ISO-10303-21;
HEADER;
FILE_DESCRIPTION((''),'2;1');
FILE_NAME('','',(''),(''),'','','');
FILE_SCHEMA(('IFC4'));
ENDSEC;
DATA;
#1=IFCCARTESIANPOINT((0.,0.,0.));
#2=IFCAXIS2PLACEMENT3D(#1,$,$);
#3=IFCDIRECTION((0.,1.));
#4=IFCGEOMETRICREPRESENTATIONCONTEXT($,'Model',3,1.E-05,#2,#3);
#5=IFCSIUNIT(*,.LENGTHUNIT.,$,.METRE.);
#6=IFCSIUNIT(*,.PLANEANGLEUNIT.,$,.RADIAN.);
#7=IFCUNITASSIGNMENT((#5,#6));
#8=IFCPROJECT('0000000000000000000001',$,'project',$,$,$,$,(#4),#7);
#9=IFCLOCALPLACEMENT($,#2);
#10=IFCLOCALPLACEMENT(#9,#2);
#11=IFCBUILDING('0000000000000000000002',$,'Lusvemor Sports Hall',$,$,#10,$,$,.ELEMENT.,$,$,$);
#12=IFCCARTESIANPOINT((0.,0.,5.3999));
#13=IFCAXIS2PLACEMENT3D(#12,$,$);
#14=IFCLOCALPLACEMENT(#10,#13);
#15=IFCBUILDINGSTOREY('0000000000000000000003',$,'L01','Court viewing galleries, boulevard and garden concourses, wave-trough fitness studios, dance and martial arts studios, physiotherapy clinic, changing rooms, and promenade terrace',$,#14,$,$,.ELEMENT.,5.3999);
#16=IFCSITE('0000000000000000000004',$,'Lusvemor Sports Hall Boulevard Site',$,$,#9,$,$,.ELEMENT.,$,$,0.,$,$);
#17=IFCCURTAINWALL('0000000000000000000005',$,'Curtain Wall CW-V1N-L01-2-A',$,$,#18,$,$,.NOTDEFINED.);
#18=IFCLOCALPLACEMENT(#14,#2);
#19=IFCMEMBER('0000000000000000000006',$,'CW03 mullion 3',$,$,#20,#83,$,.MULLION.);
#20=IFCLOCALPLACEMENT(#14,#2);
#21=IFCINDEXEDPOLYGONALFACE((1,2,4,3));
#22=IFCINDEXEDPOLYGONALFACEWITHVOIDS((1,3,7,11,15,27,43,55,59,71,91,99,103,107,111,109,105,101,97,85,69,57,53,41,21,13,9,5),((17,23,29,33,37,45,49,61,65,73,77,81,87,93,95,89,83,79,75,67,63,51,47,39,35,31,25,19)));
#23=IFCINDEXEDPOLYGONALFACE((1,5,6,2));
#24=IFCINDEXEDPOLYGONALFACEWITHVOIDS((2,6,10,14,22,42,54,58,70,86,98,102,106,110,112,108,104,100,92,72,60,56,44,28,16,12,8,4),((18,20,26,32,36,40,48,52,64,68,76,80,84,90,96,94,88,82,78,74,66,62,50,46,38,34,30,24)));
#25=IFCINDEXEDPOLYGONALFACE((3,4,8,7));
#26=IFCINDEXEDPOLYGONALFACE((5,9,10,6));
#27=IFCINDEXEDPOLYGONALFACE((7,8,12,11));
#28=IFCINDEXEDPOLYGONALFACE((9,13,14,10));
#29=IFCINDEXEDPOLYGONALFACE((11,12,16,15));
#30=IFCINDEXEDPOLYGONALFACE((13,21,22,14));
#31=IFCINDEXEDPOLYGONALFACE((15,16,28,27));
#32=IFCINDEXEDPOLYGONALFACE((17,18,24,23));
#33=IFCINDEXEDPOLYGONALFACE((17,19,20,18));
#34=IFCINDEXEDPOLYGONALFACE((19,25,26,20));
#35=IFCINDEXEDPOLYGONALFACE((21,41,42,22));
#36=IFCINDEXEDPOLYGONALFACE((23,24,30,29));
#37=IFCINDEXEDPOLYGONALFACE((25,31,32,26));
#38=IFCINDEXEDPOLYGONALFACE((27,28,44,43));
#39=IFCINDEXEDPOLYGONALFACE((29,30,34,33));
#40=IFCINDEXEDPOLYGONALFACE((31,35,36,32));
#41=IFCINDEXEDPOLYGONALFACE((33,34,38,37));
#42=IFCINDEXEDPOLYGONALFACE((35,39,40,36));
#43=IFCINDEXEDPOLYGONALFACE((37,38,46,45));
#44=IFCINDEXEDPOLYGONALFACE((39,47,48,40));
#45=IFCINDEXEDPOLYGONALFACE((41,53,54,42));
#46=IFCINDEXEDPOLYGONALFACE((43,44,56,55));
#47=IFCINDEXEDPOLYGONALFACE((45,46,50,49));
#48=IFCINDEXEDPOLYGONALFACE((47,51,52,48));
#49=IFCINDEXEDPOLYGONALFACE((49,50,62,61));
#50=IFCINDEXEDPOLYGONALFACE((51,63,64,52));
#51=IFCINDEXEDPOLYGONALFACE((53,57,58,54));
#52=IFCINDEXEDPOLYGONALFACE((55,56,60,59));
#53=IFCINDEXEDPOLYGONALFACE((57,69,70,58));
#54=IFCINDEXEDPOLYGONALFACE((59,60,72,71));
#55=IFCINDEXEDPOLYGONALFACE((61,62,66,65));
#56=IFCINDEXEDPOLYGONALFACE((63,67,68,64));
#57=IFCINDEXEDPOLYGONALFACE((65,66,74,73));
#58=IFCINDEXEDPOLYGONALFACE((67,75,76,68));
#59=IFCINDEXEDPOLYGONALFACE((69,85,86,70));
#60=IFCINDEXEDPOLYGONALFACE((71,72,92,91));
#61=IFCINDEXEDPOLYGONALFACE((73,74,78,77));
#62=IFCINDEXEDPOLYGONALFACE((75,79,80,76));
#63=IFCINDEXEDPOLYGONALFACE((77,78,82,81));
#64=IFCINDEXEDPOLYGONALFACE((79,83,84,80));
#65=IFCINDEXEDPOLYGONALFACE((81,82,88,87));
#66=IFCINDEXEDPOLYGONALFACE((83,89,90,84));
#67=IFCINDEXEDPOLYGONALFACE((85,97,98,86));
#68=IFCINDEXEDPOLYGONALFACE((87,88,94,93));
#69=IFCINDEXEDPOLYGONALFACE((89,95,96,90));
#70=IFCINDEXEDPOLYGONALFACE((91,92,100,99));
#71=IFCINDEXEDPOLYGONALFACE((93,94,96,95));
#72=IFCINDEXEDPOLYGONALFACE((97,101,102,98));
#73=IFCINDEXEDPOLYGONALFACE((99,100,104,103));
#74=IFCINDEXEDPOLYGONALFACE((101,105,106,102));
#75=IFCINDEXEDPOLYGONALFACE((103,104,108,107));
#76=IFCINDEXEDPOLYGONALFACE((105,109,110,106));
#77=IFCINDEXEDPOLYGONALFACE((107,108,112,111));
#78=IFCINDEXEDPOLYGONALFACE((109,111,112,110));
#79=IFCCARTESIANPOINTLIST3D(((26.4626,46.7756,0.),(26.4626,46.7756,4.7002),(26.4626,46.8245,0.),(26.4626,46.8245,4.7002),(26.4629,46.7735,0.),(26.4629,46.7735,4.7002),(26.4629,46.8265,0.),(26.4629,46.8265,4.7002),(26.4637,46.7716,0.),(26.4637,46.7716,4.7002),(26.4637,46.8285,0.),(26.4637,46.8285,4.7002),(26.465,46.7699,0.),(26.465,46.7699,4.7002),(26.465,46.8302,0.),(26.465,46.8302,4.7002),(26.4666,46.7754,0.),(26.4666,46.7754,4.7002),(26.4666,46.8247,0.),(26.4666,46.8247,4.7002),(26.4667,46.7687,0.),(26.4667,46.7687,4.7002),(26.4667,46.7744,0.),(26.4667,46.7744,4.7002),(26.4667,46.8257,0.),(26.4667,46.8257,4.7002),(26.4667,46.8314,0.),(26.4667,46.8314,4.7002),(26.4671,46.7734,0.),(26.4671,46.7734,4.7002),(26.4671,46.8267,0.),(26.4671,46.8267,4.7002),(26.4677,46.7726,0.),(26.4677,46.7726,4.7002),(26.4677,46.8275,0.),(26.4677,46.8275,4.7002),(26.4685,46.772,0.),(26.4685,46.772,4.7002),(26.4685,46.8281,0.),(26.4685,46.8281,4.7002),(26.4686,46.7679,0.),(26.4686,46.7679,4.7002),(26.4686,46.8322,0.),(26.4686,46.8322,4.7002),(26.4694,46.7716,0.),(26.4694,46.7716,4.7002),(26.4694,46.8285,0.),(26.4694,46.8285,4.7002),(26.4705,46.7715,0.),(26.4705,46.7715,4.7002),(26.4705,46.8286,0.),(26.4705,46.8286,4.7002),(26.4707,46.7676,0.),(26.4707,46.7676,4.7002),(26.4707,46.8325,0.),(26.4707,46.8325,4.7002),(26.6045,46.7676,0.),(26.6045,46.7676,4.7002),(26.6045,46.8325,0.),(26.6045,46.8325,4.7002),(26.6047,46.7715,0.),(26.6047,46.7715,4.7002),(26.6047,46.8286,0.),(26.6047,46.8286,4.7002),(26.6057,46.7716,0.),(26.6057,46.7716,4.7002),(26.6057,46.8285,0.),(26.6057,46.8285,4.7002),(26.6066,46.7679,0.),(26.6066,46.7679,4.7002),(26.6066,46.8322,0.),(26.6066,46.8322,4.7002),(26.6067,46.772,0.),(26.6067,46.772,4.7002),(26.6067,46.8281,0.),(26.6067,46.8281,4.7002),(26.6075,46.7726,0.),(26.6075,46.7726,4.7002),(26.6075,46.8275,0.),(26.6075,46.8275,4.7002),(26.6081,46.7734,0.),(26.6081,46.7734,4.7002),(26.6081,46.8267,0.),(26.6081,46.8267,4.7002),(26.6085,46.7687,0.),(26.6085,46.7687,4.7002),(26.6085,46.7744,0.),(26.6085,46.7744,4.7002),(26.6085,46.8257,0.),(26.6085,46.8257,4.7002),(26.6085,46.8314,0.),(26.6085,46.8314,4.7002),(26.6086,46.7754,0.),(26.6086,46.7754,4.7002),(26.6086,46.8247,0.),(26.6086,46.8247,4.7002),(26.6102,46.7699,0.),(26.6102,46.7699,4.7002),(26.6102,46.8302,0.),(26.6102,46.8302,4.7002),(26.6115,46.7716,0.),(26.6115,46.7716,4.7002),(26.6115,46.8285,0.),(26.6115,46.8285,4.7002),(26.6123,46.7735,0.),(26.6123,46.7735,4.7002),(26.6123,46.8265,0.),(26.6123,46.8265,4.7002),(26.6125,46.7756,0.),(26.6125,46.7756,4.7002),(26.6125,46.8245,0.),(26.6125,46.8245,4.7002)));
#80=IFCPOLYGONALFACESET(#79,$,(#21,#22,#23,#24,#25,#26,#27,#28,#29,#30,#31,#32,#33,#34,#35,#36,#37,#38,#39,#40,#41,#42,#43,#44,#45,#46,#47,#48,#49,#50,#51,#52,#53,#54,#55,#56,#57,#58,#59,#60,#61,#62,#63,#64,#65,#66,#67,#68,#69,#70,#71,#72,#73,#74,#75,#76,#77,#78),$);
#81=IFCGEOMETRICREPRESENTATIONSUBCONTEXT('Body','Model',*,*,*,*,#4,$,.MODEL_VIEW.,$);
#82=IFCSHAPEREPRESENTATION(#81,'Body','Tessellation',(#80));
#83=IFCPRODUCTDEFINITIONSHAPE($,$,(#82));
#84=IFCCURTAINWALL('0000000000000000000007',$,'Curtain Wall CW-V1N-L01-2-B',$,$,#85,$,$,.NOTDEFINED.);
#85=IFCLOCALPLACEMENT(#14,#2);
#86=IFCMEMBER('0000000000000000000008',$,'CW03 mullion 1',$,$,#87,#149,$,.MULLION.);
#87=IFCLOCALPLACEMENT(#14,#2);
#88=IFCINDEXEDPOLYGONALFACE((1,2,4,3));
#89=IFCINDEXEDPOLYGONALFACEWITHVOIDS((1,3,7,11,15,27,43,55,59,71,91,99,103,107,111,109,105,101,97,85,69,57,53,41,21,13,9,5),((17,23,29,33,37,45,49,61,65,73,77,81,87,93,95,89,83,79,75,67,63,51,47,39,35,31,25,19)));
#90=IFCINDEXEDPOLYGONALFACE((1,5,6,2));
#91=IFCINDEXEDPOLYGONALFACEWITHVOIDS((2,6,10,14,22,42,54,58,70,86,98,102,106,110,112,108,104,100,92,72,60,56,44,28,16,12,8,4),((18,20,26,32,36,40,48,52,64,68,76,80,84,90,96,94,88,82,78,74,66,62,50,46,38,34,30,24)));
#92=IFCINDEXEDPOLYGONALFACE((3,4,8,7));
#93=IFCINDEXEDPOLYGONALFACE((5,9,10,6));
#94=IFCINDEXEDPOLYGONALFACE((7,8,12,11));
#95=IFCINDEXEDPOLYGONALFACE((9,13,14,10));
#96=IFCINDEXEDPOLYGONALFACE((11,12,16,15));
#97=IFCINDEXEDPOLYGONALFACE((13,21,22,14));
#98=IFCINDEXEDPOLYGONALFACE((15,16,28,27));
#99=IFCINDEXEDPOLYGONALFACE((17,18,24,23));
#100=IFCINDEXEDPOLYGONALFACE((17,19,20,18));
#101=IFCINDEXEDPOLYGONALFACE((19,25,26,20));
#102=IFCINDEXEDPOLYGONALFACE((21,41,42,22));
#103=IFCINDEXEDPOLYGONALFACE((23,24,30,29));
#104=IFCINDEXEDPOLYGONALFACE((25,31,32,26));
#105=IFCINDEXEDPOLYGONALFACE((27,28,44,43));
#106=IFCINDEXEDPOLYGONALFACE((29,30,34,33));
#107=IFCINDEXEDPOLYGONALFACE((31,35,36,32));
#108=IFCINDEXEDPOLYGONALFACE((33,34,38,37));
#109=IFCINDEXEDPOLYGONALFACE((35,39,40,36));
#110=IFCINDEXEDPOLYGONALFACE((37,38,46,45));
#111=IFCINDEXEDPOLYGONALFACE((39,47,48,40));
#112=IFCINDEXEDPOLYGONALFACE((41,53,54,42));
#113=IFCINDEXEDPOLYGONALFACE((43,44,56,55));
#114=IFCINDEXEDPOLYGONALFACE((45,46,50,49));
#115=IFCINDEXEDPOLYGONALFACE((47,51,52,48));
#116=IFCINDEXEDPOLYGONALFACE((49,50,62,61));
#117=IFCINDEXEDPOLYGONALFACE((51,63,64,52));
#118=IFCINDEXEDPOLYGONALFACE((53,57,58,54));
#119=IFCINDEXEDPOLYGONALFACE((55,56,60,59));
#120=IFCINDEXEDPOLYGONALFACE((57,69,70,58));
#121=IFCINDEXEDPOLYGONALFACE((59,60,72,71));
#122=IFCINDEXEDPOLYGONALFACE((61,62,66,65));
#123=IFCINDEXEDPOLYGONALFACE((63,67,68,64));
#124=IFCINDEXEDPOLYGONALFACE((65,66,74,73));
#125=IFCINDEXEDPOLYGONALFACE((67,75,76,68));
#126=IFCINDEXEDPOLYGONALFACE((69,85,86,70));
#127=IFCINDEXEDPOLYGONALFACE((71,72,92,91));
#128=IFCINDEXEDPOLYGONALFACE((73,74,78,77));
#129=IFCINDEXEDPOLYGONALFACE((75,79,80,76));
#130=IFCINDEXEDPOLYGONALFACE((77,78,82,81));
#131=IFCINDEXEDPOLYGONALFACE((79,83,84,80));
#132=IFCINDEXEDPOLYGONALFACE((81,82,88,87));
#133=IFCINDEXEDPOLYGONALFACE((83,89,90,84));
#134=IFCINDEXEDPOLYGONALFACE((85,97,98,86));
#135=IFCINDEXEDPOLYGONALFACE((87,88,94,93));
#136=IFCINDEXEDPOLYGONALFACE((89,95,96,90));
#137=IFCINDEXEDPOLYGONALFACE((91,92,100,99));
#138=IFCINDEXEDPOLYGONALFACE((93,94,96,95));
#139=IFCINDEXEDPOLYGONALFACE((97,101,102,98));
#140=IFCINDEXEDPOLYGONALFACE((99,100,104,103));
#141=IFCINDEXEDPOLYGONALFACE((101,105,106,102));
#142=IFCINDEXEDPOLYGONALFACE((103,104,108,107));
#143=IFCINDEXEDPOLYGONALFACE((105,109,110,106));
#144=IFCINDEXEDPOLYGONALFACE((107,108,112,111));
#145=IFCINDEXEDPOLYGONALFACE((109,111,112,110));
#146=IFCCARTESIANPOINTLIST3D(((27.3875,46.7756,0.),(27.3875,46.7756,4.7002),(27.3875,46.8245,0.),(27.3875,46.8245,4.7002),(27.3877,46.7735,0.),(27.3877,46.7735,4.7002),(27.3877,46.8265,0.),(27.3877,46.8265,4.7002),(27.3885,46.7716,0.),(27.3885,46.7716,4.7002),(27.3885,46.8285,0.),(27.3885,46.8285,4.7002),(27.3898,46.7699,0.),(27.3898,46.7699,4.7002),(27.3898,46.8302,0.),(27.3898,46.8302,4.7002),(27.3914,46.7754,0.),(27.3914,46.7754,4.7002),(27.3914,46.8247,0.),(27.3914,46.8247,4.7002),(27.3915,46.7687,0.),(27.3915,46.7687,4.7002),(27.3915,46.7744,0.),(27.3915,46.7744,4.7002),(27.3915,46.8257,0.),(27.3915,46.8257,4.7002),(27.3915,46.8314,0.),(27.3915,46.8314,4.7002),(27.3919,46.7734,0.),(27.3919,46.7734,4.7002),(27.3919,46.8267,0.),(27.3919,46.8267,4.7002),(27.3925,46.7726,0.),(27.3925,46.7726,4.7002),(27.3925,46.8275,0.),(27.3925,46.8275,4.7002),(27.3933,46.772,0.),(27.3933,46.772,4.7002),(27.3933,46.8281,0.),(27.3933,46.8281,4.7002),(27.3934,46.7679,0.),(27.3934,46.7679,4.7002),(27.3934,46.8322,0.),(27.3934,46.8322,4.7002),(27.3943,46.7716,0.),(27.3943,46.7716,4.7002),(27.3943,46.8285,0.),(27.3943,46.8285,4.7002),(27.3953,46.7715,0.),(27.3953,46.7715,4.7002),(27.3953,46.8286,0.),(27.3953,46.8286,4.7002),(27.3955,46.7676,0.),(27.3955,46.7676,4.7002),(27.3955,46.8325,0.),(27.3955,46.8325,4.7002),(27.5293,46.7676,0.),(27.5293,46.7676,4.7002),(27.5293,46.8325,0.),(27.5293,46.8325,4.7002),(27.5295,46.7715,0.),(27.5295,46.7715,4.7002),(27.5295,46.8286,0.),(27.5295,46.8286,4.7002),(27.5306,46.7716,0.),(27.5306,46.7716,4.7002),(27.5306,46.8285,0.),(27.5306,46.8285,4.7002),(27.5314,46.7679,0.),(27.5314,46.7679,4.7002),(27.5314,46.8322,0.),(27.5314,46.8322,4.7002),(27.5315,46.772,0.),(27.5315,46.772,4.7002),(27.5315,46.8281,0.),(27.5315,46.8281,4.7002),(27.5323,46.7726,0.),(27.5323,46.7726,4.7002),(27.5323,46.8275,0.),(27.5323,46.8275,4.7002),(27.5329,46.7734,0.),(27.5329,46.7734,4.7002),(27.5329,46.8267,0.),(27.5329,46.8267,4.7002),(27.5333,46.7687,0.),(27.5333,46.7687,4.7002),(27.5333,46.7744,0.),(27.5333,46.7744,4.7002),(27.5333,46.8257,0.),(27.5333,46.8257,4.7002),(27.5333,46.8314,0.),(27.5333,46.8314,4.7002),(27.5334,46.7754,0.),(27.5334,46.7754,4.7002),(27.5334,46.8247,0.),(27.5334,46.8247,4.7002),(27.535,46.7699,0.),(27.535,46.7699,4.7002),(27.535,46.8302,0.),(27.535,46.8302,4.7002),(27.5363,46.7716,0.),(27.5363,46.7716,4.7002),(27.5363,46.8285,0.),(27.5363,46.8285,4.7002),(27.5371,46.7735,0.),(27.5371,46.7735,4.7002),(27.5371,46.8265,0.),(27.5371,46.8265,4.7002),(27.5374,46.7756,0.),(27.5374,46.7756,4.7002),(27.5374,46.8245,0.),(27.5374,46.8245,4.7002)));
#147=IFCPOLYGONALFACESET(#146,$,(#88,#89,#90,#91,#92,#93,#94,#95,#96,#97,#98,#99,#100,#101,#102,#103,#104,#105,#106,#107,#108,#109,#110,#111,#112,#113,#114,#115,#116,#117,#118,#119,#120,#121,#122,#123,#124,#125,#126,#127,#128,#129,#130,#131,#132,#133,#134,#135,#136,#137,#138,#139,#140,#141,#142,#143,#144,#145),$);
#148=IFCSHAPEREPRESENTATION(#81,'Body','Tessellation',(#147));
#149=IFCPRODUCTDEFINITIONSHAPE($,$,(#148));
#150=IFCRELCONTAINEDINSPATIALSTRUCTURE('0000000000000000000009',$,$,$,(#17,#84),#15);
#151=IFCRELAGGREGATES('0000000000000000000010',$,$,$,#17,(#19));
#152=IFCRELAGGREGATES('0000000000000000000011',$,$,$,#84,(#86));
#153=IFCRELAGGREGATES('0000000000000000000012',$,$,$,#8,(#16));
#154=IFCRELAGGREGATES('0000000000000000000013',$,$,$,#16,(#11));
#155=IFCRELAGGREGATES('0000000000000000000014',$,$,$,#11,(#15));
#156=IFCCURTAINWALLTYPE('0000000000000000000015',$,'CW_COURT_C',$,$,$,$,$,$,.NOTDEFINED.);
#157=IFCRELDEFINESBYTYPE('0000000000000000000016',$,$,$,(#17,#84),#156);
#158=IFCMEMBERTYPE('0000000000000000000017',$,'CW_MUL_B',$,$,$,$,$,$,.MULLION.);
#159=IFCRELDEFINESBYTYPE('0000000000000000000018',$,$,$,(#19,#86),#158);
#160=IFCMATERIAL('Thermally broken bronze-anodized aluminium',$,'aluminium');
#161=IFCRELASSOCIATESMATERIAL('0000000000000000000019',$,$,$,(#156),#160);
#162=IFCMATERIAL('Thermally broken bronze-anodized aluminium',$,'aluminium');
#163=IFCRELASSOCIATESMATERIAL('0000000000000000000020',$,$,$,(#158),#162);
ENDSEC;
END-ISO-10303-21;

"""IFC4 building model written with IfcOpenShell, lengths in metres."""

from ifc_helpers import new_model, si_unit, direction, frame, origin, origin_2d, place, context, subcontext, project, spatial, hollow_rectangle, extrude, material, material_profile, profile_set, type_object, element, aggregate, save


model = new_model("IFC4")

# Units and contexts
model_context = context("Model", 3, precision=1e-05, world=origin(), true_north=direction((0.0, 1.0)))
body_context = subcontext(model_context, "Body", "Model", "MODEL_VIEW")
ifc_project = project(units=[si_unit("LENGTHUNIT", "METRE"), si_unit("PLANEANGLEUNIT", "RADIAN")], contexts=[model_context])

# Site, building, storey
site_placement = place(None, origin())
site = spatial("IfcSite", under=ifc_project, at=site_placement, Name="Lusvemor Sports Hall Boulevard Site", CompositionType="ELEMENT", RefElevation=0.0)
building_placement = place(site_placement, origin())
building = spatial("IfcBuilding", under=site, at=building_placement, Name="Lusvemor Sports Hall", CompositionType="ELEMENT")
storey_placement = place(building_placement, frame((0.0, 0.0, 5.3999)))
storey = spatial("IfcBuildingStorey", under=building, at=storey_placement, Name="L01", Description="Court viewing galleries, boulevard and garden concourses, wave-trough fitness studios, dance and martial arts studios, physiotherapy clinic, changing rooms, and promenade terrace", CompositionType="ELEMENT", Elevation=5.3999)

# Curtain wall, member
ifc_material_1 = material(Name="Thermally broken bronze-anodized aluminium", Category="aluminium")
curtain_wall_type = type_object("IfcCurtainWallType", Name="CW_COURT_C", PredefinedType="NOTDEFINED", material=ifc_material_1)
curtain_wall_1_placement = place(storey_placement, origin())
curtain_wall_1 = element("IfcCurtainWall", 1, at=curtain_wall_1_placement, inside=storey, type_object=curtain_wall_type, Name="Curtain Wall CW-V1N-L01-2-A", PredefinedType="NOTDEFINED")
ifc_material_2 = material(Name="Thermally broken bronze-anodized aluminium", Category="aluminium")
ifc_material_profile_1 = material_profile(ifc_material_2, hollow_rectangle(XDim=0.0649, YDim=0.1499, WallThickness=0.0039, InnerFilletRadius=0.0039, OuterFilletRadius=0.0081, at=origin_2d()), Name="CWMUL150x65x4")
ifc_profile_set_1 = profile_set([ifc_material_profile_1], Name="Thermally broken bronze-anodized aluminium")
member_type_1 = type_object("IfcMemberType", Name="CW_MUL_B", PredefinedType="MULLION", material=ifc_profile_set_1)
member_1_placement = place(storey_placement, frame((26.5376, 46.8, 0.0), z_axis=(0.0, 0.0, 1.0), x_axis=(0.0, 1.0, 0.0)))
member_1 = element("IfcMember", 2, at=member_1_placement, type_object=member_type_1, Name="CW03 mullion 3", PredefinedType="MULLION", context=body_context, shape_type="SweptSolid", body=[
    extrude(hollow_rectangle(XDim=0.0649, YDim=0.1499, WallThickness=0.0039, InnerFilletRadius=0.0039, OuterFilletRadius=0.0081, at=origin_2d()), origin(), (0.0, 0.0, 1.0), 4.7002),
])

# Curtain wall, member
curtain_wall_2_placement = place(storey_placement, origin())
curtain_wall_2 = element("IfcCurtainWall", 3, at=curtain_wall_2_placement, inside=storey, type_object=curtain_wall_type, Name="Curtain Wall CW-V1N-L01-2-B", PredefinedType="NOTDEFINED")
member_2_placement = place(storey_placement, frame((27.4624, 46.8, 0.0), z_axis=(0.0, 0.0, 1.0), x_axis=(0.0, 1.0, 0.0)))
member_2 = element("IfcMember", 4, at=member_2_placement, type_object=member_type_1, Name="CW03 mullion 1", PredefinedType="MULLION", context=body_context, shape_type="SweptSolid", body=[
    extrude(hollow_rectangle(XDim=0.0649, YDim=0.1499, WallThickness=0.0039, InnerFilletRadius=0.0039, OuterFilletRadius=0.0081, at=origin_2d()), origin(), (0.0, 0.0, 1.0), 4.7002),
])

aggregate(curtain_wall_1, [member_1])
aggregate(curtain_wall_2, [member_2])

save(model, "model.ifc")
